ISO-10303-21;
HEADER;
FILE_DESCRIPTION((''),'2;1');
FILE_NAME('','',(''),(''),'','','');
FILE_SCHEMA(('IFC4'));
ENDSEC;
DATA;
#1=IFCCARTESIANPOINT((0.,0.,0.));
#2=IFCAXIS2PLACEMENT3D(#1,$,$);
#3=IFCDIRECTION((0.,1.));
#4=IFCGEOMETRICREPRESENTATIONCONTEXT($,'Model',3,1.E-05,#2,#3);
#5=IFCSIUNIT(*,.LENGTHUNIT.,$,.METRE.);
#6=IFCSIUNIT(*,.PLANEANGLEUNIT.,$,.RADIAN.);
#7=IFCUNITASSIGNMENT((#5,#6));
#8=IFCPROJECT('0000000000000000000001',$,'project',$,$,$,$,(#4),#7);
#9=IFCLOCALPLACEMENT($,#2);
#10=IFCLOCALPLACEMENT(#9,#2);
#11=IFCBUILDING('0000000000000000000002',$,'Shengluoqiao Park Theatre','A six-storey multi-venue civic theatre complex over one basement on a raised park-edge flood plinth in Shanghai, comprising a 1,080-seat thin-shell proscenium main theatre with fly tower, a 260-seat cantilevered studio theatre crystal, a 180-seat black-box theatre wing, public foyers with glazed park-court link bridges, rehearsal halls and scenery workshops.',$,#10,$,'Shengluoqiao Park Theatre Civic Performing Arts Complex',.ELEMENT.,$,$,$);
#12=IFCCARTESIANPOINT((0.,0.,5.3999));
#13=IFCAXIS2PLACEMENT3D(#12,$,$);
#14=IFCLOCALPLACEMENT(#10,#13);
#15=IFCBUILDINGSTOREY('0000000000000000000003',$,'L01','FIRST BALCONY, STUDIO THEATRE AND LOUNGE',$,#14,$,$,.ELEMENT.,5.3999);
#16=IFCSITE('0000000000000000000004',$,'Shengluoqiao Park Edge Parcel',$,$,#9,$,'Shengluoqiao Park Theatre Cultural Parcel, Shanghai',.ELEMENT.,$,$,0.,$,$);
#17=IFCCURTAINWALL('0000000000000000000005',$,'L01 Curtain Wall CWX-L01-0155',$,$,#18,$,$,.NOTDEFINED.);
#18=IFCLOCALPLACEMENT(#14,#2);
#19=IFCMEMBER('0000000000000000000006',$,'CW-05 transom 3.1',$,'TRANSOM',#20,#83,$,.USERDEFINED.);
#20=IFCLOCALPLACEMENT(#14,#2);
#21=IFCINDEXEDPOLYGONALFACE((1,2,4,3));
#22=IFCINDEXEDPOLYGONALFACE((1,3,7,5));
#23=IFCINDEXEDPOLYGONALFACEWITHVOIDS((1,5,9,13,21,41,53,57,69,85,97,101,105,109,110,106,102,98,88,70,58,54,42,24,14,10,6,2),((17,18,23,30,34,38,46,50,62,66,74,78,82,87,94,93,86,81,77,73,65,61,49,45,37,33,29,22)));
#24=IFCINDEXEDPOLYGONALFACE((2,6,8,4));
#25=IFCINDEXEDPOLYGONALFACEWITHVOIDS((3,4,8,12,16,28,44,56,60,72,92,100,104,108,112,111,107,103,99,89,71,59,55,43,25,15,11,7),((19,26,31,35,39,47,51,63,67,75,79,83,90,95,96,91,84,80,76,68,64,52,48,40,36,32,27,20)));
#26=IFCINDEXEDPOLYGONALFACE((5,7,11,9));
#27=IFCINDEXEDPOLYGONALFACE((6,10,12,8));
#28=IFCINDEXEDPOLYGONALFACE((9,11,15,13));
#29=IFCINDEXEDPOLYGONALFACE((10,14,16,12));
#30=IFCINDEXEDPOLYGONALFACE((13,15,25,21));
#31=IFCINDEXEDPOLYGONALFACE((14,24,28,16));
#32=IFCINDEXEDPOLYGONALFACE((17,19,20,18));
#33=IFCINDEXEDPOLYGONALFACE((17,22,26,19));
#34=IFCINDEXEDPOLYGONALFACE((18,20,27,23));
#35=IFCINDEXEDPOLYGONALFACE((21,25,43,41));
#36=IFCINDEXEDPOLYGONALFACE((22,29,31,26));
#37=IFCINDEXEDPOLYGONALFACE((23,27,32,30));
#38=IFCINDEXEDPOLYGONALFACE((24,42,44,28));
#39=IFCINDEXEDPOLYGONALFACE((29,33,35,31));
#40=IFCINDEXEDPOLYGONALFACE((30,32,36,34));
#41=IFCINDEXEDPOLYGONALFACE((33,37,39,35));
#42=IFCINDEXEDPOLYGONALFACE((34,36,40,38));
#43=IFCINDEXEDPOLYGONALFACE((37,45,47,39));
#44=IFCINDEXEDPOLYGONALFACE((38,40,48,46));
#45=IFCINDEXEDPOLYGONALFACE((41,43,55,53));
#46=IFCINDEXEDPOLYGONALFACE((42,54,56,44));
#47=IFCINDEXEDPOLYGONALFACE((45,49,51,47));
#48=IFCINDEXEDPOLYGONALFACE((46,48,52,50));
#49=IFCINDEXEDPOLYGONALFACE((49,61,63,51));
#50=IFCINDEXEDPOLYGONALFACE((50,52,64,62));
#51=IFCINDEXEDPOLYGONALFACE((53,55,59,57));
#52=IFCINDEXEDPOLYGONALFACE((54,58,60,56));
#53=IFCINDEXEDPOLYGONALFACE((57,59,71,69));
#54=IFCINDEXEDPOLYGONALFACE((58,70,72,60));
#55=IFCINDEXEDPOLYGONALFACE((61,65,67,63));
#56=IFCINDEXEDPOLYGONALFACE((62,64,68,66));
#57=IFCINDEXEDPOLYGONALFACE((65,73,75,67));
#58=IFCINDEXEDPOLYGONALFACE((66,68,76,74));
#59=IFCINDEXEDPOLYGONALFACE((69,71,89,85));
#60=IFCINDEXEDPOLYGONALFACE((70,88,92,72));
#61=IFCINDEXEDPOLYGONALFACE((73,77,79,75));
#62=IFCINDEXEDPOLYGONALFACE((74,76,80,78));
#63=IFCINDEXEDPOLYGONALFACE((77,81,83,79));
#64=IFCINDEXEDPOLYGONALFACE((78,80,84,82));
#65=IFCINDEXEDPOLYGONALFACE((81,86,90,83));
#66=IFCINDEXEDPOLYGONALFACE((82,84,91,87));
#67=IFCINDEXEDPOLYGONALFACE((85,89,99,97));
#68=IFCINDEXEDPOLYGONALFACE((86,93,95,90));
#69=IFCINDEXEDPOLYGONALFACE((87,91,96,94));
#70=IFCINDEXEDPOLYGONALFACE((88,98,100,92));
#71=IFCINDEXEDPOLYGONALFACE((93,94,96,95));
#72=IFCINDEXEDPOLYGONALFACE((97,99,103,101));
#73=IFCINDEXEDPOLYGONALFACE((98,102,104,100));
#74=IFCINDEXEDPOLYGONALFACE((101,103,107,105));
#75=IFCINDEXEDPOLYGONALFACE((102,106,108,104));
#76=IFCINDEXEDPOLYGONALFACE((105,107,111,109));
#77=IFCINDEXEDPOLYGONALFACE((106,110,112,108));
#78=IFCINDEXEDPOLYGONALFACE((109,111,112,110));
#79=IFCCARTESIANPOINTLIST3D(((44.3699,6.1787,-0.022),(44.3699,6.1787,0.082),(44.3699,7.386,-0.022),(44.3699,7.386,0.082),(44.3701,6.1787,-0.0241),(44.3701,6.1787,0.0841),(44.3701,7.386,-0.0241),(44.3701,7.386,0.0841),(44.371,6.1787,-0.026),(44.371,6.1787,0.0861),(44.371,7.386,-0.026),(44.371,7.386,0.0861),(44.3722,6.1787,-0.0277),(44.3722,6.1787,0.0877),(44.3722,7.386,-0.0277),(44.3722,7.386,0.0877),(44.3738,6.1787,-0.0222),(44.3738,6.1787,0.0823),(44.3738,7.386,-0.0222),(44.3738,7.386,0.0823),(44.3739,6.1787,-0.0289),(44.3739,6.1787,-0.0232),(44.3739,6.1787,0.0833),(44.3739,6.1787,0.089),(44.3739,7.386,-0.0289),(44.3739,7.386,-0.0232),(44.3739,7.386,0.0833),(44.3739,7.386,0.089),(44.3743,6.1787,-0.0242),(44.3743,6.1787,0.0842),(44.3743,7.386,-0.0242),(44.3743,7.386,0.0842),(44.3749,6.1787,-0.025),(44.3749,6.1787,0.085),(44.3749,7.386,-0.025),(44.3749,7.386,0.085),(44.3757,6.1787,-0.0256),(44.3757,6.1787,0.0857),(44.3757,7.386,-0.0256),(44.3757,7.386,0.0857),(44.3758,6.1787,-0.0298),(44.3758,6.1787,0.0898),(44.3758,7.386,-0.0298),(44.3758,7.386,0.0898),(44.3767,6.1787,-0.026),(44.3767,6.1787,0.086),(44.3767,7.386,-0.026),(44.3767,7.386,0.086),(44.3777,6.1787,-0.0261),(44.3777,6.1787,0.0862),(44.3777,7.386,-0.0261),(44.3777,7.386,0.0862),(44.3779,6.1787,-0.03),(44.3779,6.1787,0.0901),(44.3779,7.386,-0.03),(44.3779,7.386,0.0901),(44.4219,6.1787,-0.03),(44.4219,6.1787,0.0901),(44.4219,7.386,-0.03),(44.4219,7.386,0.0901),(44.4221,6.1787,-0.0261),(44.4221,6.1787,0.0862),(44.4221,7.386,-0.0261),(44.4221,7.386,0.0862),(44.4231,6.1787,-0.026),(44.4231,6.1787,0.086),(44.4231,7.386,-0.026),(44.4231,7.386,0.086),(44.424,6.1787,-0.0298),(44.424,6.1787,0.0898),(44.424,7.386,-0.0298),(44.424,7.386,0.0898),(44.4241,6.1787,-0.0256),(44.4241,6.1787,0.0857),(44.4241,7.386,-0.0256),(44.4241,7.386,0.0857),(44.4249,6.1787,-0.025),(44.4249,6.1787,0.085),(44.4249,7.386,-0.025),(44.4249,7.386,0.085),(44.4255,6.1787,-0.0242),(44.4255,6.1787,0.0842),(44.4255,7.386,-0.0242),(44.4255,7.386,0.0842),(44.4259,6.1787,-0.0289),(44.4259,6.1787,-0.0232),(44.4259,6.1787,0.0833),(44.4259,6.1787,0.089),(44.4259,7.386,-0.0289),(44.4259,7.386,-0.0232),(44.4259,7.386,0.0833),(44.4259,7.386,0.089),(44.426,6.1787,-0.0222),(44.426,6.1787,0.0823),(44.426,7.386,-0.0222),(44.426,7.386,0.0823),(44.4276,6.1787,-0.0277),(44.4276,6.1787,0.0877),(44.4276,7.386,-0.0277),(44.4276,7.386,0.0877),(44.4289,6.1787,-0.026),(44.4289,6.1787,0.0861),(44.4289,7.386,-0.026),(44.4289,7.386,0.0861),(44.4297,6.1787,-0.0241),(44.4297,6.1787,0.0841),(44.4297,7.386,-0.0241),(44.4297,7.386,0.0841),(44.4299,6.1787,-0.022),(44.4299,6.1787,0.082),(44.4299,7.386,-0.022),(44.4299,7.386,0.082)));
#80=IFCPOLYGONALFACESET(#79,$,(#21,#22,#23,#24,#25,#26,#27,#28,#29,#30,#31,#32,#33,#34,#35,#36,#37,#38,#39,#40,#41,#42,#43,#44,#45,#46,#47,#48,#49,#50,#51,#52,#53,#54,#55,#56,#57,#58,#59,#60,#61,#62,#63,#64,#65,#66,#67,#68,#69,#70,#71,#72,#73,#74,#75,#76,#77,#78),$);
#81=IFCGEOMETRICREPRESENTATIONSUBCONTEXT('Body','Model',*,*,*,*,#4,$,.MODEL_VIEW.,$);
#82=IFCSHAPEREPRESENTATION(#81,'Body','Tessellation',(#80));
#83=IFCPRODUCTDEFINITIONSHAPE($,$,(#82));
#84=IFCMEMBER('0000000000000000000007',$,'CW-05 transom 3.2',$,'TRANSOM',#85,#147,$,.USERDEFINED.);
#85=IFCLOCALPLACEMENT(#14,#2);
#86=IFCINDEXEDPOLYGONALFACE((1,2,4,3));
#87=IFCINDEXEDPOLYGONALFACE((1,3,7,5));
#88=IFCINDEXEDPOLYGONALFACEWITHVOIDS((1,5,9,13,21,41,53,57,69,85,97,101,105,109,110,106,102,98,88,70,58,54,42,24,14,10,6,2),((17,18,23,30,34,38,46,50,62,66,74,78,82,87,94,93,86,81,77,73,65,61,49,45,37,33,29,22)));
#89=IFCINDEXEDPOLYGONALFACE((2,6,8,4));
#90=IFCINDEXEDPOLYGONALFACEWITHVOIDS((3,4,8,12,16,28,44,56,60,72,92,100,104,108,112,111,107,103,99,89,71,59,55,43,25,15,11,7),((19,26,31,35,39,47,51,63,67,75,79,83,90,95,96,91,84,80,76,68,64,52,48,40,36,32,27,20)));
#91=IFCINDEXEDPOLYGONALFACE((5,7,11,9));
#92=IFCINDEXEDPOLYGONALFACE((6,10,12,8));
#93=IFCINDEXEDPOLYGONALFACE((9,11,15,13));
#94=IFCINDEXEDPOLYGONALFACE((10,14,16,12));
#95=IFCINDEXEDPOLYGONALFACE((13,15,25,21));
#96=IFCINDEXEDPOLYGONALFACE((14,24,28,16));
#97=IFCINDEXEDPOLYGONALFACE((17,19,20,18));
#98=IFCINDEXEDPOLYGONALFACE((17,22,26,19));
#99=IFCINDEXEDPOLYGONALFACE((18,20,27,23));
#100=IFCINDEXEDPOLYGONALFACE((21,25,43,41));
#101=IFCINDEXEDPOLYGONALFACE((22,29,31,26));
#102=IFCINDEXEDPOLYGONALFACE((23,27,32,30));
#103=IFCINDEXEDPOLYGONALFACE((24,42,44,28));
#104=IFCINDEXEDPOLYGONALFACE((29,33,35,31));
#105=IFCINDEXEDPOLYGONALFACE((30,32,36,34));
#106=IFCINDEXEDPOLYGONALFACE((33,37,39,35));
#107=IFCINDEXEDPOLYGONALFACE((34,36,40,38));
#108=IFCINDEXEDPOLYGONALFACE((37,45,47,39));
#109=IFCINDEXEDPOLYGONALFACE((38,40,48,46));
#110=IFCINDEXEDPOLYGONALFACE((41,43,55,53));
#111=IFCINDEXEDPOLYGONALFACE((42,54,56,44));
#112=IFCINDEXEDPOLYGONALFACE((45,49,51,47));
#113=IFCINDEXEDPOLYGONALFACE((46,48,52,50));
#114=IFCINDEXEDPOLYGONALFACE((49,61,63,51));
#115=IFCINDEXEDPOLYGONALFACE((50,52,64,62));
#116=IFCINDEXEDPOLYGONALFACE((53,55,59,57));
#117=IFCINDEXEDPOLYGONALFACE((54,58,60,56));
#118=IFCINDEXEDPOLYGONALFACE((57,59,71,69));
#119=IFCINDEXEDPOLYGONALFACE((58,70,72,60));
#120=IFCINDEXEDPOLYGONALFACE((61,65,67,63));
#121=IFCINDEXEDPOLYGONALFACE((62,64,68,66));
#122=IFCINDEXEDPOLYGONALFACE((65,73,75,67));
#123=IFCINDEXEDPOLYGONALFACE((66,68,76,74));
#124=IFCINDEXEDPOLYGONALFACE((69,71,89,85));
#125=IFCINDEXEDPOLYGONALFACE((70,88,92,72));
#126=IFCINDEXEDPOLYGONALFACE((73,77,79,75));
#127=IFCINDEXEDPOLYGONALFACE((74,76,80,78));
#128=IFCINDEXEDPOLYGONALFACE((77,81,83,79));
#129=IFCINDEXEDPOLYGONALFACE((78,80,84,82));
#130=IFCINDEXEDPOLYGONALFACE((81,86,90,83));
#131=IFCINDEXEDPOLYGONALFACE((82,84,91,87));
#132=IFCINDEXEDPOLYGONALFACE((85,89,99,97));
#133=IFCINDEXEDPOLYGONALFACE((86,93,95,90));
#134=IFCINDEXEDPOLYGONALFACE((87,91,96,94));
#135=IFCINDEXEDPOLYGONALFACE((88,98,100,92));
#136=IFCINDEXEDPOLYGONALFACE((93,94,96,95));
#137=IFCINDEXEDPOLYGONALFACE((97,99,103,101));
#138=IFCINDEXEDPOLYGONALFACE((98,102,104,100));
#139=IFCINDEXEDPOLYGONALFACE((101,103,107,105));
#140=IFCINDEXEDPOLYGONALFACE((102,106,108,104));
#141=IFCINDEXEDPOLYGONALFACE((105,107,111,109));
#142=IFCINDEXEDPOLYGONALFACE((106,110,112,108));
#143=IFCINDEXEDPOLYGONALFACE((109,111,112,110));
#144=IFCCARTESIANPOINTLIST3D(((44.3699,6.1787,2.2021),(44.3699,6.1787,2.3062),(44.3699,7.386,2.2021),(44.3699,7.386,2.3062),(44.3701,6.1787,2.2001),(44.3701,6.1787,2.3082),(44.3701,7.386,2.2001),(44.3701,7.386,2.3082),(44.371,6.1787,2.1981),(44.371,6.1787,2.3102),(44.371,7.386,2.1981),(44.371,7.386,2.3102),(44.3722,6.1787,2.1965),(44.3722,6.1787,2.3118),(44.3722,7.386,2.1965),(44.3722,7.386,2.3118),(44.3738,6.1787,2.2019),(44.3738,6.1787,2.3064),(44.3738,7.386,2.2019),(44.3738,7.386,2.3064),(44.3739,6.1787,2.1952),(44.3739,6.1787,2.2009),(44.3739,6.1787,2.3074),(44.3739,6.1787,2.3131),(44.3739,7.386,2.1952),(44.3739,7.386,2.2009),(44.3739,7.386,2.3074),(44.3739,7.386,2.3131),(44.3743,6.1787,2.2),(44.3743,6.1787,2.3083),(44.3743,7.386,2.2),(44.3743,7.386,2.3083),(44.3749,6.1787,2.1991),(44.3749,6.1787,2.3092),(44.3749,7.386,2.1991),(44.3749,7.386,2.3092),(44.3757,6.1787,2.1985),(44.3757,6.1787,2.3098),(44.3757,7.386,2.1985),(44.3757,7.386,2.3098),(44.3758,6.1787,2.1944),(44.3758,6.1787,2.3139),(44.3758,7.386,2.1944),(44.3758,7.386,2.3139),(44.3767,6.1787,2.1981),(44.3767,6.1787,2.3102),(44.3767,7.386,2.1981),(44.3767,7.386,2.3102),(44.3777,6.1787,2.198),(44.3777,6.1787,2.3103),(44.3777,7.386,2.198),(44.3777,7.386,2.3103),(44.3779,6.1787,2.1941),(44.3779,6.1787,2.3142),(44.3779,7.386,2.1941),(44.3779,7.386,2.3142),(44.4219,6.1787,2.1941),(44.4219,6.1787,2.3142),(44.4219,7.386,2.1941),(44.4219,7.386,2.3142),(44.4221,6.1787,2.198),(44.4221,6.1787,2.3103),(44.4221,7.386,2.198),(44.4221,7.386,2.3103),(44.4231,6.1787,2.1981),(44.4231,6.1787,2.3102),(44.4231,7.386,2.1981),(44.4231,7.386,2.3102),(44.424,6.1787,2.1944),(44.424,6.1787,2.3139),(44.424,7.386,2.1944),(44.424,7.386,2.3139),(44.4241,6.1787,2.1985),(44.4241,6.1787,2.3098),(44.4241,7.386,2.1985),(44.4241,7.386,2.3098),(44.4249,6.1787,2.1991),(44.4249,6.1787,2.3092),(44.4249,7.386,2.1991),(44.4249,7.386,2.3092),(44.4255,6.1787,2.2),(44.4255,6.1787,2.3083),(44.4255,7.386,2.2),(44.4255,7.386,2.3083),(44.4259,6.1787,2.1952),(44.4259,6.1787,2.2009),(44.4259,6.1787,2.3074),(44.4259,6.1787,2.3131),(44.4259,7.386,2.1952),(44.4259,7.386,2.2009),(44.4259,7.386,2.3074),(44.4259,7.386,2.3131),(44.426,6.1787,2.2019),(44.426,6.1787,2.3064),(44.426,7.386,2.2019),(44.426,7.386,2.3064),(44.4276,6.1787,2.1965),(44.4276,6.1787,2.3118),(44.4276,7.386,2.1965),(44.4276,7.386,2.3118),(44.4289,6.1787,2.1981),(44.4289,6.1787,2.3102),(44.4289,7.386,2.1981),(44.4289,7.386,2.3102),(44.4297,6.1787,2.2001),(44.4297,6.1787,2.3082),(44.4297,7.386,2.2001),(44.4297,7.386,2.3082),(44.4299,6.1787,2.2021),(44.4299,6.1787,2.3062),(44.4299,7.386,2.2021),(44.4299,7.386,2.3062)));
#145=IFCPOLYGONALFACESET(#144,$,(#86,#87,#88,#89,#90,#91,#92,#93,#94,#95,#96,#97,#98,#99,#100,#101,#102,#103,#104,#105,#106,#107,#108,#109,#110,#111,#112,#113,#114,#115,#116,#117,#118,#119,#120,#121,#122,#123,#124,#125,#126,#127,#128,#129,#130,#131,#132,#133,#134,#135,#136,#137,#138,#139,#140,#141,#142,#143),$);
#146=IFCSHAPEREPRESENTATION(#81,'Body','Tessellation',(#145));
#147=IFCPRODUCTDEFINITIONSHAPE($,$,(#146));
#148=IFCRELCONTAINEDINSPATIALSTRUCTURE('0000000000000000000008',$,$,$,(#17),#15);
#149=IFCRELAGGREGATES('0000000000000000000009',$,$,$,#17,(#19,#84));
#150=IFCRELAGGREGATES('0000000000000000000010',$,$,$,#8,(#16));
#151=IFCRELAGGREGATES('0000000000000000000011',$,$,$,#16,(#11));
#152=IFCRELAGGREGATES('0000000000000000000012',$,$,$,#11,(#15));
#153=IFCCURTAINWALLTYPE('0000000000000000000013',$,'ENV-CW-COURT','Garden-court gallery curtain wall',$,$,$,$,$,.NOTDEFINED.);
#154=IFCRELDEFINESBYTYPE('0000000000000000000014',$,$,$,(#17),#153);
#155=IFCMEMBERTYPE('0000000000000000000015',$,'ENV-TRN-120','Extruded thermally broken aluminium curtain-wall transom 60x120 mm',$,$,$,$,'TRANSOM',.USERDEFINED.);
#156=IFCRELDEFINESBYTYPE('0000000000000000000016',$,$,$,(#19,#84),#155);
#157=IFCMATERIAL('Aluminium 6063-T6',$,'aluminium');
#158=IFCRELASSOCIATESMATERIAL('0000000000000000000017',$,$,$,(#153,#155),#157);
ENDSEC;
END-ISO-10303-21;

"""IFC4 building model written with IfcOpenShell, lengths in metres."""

from ifc_helpers import new_model, si_unit, direction, frame, origin, origin_2d, place, context, subcontext, project, spatial, hollow_rectangle, extrude, material, material_profile, profile_set, type_object, element, aggregate, save


model = new_model("IFC4")

# Units and contexts
model_context = context("Model", 3, precision=1e-05, world=origin(), true_north=direction((0.0, 1.0)))
body_context = subcontext(model_context, "Body", "Model", "MODEL_VIEW")
ifc_project = project(units=[si_unit("LENGTHUNIT", "METRE"), si_unit("PLANEANGLEUNIT", "RADIAN")], contexts=[model_context])

# Site, building, storey
site_placement = place(None, origin())
site = spatial("IfcSite", under=ifc_project, at=site_placement, Name="Shengluoqiao Park Edge Parcel", LongName="Shengluoqiao Park Theatre Cultural Parcel, Shanghai", CompositionType="ELEMENT", RefElevation=0.0)
building_placement = place(site_placement, origin())
building = spatial("IfcBuilding", under=site, at=building_placement, Name="Shengluoqiao Park Theatre", Description="A six-storey multi-venue civic theatre complex over one basement on a raised park-edge flood plinth in Shanghai, comprising a 1,080-seat thin-shell proscenium main theatre with fly tower, a 260-seat cantilevered studio theatre crystal, a 180-seat black-box theatre wing, public foyers with glazed park-court link bridges, rehearsal halls and scenery workshops.", LongName="Shengluoqiao Park Theatre Civic Performing Arts Complex", CompositionType="ELEMENT")
storey_placement = place(building_placement, frame((0.0, 0.0, 5.3999)))
storey = spatial("IfcBuildingStorey", under=building, at=storey_placement, Name="L01", Description="FIRST BALCONY, STUDIO THEATRE AND LOUNGE", CompositionType="ELEMENT", Elevation=5.3999)

# Curtain wall, members
ifc_material_1 = material(Name="Aluminium 6063-T6", Category="aluminium")
curtain_wall_type = type_object("IfcCurtainWallType", Name="ENV-CW-COURT", Description="Garden-court gallery curtain wall", PredefinedType="NOTDEFINED", material=ifc_material_1)
curtain_wall_placement = place(storey_placement, origin())
curtain_wall = element("IfcCurtainWall", 1, at=curtain_wall_placement, inside=storey, type_object=curtain_wall_type, Name="L01 Curtain Wall CWX-L01-0155", PredefinedType="NOTDEFINED")
ifc_material_profile_1 = material_profile(ifc_material_1, hollow_rectangle(XDim=0.0601, YDim=0.1201, WallThickness=0.0039, InnerFilletRadius=0.0039, OuterFilletRadius=0.0081, at=origin_2d()), Name="ALU TRANSOM 120x60x4")
ifc_profile_set_1 = profile_set([ifc_material_profile_1], Name="Aluminium 6063-T6")
member_type_1 = type_object("IfcMemberType", Name="ENV-TRN-120", Description="Extruded thermally broken aluminium curtain-wall transom 60x120 mm", ElementType="TRANSOM", PredefinedType="USERDEFINED", material=ifc_profile_set_1)
member_1_placement = place(storey_placement, frame((44.3999, 6.1787, 0.03), z_axis=(0.0, 1.0, 0.0), x_axis=(-1.0, 0.0, 0.0)))
member_1 = element("IfcMember", 2, at=member_1_placement, type_object=member_type_1, Name="CW-05 transom 3.1", ObjectType="TRANSOM", PredefinedType="USERDEFINED", context=body_context, shape_type="SweptSolid", body=[
    extrude(hollow_rectangle(XDim=0.0601, YDim=0.1201, WallThickness=0.0039, InnerFilletRadius=0.0039, OuterFilletRadius=0.0081, at=origin_2d()), origin(), (0.0, 0.0, 1.0), 1.2073),
])
member_2_placement = place(storey_placement, frame((44.3999, 6.1787, 2.2542), z_axis=(0.0, 1.0, 0.0), x_axis=(-1.0, 0.0, 0.0)))
member_2 = element("IfcMember", 3, at=member_2_placement, type_object=member_type_1, Name="CW-05 transom 3.2", ObjectType="TRANSOM", PredefinedType="USERDEFINED", context=body_context, shape_type="SweptSolid", body=[
    extrude(hollow_rectangle(XDim=0.0601, YDim=0.1201, WallThickness=0.0039, InnerFilletRadius=0.0039, OuterFilletRadius=0.0081, at=origin_2d()), origin(), (0.0, 0.0, 1.0), 1.2073),
])

aggregate(curtain_wall, [member_1, member_2])

save(model, "model.ifc")
